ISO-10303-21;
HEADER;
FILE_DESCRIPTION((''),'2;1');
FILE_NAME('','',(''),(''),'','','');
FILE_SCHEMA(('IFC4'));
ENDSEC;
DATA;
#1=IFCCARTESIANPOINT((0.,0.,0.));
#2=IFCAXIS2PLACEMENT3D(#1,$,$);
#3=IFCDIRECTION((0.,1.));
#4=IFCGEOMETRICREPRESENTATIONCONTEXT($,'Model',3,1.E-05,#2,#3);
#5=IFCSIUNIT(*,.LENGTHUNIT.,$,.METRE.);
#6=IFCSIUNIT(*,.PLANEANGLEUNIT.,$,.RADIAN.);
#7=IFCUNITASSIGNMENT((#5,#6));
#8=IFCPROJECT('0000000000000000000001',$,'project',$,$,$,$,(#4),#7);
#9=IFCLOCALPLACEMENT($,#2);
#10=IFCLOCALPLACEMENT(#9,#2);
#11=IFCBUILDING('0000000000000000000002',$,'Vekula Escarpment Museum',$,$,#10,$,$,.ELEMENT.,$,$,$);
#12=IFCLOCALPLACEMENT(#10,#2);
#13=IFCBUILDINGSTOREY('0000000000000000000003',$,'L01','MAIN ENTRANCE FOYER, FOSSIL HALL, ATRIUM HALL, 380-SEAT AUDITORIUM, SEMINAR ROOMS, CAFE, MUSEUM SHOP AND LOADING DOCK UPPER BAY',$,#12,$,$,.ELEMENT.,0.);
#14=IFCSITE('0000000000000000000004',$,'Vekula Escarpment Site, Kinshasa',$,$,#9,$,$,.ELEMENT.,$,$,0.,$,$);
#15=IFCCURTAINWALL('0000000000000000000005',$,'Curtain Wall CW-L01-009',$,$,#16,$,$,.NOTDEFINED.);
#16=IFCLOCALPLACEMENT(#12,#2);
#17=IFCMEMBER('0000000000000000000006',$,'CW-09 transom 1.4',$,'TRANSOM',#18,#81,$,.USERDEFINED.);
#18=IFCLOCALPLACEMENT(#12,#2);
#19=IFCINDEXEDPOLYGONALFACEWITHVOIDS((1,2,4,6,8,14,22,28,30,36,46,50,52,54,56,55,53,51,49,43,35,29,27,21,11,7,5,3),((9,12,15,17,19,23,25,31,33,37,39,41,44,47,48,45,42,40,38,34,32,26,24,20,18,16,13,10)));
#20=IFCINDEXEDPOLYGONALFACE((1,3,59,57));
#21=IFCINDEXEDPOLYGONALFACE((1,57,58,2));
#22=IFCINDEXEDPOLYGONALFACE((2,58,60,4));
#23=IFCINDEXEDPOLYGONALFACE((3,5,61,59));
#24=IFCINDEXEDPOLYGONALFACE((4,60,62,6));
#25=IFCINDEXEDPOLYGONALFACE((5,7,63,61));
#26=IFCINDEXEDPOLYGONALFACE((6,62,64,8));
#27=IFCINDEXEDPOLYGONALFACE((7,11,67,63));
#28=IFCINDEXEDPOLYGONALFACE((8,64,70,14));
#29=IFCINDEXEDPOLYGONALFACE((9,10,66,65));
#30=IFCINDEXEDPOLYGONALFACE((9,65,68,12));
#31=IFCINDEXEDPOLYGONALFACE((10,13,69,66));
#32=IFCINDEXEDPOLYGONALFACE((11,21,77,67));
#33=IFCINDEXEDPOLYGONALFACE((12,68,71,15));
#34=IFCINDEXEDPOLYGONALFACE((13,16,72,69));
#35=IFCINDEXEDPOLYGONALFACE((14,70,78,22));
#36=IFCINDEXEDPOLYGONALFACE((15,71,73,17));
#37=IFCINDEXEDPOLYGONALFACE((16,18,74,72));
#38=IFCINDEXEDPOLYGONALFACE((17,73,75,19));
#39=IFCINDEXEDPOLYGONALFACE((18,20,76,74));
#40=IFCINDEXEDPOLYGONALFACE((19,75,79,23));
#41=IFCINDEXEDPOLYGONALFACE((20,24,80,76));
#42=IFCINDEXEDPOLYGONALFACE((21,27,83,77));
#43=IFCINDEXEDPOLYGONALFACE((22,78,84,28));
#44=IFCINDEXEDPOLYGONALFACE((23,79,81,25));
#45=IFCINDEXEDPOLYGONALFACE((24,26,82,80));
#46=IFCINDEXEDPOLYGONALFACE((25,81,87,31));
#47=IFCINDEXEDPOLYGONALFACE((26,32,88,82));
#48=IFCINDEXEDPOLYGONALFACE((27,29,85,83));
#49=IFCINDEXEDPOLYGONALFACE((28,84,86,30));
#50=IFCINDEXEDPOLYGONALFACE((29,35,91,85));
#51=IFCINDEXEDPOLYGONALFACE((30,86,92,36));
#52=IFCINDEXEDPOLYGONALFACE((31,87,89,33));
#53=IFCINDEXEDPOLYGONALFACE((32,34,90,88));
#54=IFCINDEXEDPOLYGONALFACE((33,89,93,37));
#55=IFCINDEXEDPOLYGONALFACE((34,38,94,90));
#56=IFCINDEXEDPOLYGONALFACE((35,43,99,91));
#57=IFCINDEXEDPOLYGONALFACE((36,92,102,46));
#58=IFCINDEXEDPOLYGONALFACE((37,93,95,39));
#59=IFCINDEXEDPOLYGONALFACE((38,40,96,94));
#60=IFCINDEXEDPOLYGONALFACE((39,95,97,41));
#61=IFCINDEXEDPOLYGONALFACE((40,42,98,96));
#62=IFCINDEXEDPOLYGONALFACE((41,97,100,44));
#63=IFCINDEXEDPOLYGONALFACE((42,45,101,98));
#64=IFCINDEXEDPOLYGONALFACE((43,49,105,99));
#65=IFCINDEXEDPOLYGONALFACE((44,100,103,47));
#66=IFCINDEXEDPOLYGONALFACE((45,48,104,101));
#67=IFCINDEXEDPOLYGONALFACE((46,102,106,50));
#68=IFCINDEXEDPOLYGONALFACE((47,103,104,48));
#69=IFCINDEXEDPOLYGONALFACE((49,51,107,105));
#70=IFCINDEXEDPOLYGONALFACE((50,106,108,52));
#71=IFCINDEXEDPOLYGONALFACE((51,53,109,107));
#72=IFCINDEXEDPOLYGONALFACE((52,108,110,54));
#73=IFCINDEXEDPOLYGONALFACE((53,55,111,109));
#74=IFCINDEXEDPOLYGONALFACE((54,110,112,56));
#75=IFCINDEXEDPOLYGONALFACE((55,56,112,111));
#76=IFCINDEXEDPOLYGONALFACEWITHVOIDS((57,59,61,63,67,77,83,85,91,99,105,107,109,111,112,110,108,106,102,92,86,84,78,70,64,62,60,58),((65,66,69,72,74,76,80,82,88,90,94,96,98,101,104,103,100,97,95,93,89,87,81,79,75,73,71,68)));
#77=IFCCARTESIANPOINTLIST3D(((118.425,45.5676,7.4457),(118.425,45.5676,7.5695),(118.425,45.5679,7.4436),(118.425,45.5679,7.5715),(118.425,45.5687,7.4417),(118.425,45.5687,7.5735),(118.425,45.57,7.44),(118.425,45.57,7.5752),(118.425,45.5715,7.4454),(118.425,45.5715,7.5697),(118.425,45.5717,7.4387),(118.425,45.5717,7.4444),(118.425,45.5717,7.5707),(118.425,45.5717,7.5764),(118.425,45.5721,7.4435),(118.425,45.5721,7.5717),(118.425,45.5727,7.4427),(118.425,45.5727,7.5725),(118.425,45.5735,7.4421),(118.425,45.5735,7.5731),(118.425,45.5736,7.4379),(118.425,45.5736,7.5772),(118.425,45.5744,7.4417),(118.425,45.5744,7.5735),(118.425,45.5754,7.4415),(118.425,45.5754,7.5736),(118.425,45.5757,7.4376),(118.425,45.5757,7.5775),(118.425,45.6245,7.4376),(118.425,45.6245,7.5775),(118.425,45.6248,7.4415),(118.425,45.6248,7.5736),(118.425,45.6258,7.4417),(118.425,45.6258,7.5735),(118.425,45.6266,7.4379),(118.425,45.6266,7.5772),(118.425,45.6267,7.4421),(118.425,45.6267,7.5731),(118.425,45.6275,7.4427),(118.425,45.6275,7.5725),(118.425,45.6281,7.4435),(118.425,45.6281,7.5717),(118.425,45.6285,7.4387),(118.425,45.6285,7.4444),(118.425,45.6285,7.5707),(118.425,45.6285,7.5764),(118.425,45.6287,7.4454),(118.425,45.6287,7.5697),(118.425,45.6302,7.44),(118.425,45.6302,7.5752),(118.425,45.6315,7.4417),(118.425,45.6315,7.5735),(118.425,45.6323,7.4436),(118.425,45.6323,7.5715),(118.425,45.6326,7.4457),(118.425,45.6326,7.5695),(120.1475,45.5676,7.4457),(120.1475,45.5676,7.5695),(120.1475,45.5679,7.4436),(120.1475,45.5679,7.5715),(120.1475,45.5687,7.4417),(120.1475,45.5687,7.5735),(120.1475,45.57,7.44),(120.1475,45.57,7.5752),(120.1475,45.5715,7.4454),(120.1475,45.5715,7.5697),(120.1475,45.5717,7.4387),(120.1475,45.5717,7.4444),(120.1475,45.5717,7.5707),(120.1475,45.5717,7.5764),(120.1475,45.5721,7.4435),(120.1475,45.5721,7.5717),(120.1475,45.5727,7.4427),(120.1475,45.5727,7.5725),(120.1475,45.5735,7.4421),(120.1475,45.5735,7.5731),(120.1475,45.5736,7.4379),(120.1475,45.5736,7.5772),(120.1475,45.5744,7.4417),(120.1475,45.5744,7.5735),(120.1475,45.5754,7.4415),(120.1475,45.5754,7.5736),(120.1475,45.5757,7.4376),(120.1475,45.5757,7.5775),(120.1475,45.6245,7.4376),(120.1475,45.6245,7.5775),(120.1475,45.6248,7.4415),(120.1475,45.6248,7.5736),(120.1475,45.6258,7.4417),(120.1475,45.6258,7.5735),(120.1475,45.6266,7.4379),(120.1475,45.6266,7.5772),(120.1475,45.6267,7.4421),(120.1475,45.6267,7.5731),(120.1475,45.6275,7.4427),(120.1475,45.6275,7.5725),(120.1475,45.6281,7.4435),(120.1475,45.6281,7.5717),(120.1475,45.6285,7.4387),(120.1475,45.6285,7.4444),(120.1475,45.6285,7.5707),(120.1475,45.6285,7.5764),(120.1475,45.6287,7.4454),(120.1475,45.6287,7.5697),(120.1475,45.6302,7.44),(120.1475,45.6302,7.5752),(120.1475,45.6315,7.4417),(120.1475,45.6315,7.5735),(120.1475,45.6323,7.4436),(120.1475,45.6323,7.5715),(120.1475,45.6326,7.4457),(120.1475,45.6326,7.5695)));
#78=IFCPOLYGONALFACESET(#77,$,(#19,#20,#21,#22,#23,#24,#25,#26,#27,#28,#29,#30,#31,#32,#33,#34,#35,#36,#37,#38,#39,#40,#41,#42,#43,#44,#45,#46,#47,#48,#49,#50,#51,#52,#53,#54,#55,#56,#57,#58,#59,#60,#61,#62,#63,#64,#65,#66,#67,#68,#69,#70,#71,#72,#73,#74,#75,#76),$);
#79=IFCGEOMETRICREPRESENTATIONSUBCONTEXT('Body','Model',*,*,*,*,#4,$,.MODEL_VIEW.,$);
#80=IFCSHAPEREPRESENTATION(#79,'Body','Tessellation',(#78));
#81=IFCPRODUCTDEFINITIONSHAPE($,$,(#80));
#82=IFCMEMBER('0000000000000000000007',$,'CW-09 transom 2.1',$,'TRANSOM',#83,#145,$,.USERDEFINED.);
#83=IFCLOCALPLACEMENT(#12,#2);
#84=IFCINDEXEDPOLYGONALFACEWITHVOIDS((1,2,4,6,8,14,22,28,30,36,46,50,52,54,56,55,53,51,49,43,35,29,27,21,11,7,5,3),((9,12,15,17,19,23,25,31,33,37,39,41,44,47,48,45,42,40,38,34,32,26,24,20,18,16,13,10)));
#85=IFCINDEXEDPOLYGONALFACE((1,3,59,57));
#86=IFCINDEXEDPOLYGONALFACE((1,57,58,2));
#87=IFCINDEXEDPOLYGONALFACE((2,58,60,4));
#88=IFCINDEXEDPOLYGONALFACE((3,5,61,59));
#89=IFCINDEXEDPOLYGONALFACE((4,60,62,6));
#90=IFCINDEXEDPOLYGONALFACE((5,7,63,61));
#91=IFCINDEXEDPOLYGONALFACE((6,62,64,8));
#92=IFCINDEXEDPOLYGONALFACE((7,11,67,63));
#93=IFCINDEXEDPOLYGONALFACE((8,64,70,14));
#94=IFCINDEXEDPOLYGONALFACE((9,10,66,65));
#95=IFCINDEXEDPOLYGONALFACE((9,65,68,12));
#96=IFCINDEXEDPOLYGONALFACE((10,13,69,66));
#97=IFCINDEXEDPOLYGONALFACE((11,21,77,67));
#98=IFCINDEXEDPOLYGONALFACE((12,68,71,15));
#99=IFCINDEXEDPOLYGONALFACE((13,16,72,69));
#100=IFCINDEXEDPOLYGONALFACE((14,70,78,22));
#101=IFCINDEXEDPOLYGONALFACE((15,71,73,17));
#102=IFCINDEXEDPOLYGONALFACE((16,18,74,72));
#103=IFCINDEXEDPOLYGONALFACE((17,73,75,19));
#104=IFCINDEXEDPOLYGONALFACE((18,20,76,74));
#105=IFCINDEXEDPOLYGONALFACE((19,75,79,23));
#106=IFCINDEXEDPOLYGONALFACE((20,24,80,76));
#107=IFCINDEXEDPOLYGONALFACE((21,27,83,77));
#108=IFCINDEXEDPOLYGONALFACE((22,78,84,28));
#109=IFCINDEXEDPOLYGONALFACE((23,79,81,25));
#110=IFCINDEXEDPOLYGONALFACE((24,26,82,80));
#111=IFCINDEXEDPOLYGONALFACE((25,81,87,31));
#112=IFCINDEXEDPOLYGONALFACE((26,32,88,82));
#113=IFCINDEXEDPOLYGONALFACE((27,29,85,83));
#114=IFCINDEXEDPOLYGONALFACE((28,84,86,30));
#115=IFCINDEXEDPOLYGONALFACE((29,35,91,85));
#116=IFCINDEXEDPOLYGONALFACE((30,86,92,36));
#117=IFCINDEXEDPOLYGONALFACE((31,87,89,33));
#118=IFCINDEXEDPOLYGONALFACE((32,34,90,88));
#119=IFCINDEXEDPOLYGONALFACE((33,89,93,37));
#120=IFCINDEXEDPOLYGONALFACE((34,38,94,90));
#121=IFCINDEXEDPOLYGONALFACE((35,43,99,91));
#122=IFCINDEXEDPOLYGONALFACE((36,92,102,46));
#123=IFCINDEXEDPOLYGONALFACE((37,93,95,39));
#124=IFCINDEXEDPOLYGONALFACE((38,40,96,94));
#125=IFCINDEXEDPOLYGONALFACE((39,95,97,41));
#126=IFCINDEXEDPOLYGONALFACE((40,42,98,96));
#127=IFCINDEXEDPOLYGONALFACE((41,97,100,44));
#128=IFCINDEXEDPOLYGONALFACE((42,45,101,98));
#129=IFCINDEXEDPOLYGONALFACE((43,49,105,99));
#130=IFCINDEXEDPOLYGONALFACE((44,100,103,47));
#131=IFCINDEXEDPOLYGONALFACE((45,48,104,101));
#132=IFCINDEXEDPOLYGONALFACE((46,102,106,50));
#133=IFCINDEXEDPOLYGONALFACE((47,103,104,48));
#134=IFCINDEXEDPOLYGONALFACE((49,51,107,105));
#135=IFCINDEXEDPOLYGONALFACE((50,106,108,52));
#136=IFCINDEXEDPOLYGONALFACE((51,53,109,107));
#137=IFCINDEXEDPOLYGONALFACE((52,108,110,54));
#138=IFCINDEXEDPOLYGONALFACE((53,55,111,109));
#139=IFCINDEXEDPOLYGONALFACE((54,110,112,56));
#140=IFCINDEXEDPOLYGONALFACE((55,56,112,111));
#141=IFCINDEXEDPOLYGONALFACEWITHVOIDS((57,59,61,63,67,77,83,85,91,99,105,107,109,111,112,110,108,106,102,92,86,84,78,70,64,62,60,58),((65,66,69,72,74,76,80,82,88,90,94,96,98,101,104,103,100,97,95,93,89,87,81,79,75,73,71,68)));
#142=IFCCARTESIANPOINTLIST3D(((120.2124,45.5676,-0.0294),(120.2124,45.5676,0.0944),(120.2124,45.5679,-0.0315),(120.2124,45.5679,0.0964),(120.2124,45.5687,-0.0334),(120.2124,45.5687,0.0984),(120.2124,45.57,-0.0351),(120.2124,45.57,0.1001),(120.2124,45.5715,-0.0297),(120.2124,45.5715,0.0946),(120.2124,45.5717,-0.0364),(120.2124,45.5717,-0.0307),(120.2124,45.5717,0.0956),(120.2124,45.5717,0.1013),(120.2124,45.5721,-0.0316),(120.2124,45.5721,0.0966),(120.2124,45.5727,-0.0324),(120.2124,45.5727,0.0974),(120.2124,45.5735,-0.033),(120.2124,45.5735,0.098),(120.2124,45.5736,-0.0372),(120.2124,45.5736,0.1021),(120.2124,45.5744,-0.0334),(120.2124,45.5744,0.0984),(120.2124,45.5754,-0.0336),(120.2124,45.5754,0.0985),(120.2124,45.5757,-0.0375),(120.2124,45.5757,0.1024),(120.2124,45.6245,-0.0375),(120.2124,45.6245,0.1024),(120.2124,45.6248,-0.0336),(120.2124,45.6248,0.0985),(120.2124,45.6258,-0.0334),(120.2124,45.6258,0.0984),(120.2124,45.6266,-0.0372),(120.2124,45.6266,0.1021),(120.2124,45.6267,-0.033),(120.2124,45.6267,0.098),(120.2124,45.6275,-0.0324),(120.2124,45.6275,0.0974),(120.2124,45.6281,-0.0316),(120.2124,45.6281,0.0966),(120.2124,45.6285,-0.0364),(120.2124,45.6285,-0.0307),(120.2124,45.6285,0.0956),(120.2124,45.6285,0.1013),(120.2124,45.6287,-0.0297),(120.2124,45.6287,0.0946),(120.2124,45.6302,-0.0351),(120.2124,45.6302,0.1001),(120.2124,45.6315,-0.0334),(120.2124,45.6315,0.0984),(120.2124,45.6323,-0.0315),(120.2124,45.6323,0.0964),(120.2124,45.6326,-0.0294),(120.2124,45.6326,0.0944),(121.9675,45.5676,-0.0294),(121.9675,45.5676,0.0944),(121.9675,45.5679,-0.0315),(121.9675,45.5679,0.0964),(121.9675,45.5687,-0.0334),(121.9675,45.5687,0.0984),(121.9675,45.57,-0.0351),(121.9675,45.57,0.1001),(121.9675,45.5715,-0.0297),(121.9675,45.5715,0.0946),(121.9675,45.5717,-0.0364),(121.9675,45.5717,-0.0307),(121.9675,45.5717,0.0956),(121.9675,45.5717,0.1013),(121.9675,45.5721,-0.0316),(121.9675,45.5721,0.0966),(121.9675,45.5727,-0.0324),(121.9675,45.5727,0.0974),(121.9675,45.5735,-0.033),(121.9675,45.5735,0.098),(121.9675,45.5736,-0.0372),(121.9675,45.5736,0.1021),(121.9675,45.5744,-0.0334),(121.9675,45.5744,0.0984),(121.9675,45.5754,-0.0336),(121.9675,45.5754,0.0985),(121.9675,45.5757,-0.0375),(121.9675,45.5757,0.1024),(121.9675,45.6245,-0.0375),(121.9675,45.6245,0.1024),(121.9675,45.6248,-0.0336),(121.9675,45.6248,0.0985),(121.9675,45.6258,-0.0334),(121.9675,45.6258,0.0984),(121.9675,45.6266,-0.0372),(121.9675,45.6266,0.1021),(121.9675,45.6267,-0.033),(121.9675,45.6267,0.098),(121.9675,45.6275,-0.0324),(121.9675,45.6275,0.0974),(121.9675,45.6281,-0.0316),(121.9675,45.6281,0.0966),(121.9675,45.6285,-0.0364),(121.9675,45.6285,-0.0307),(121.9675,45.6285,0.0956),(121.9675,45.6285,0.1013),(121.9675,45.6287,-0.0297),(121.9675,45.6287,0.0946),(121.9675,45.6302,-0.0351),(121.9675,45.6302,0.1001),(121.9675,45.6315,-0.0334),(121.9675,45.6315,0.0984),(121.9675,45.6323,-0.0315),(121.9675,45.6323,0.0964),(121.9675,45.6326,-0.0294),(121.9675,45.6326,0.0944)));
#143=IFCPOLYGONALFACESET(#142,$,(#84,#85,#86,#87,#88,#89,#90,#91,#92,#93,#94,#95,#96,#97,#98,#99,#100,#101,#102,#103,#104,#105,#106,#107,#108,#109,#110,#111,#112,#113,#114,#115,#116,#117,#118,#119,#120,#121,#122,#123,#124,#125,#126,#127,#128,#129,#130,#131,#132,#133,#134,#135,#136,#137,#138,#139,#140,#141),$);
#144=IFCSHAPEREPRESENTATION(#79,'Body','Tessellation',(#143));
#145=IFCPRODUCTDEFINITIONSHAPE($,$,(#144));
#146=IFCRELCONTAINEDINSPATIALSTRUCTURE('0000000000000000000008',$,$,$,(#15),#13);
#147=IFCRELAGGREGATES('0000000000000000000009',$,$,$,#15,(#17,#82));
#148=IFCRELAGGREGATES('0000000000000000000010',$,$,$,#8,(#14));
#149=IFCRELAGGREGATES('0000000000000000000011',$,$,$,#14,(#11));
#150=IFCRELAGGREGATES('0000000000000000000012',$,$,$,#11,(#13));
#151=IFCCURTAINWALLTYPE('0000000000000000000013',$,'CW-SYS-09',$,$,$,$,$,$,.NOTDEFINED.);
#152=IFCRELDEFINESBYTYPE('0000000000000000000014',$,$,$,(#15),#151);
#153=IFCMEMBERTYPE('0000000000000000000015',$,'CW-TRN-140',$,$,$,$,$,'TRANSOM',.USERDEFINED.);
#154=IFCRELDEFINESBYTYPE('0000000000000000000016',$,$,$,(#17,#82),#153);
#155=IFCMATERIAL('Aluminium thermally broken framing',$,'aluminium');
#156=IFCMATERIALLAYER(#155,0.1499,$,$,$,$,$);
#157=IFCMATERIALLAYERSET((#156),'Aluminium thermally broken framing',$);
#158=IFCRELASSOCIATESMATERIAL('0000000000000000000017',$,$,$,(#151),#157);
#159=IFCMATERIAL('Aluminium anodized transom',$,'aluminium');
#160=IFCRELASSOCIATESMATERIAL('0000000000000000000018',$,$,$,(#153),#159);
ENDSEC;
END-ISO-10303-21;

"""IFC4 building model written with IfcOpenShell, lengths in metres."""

from ifc_helpers import new_model, si_unit, direction, frame, origin, origin_2d, place, context, subcontext, project, spatial, hollow_rectangle, extrude, material, layer, layer_set, material_profile, profile_set, type_object, element, aggregate, save


model = new_model("IFC4")

# Units and contexts
model_context = context("Model", 3, precision=1e-05, world=origin(), true_north=direction((0.0, 1.0)))
body_context = subcontext(model_context, "Body", "Model", "MODEL_VIEW")
ifc_project = project(units=[si_unit("LENGTHUNIT", "METRE"), si_unit("PLANEANGLEUNIT", "RADIAN")], contexts=[model_context])

# Site, building, storey
site_placement = place(None, origin())
site = spatial("IfcSite", under=ifc_project, at=site_placement, Name="Vekula Escarpment Site, Kinshasa", CompositionType="ELEMENT", RefElevation=0.0)
building_placement = place(site_placement, origin())
building = spatial("IfcBuilding", under=site, at=building_placement, Name="Vekula Escarpment Museum", CompositionType="ELEMENT")
storey_placement = place(building_placement, origin())
storey = spatial("IfcBuildingStorey", under=building, at=storey_placement, Name="L01", Description="MAIN ENTRANCE FOYER, FOSSIL HALL, ATRIUM HALL, 380-SEAT AUDITORIUM, SEMINAR ROOMS, CAFE, MUSEUM SHOP AND LOADING DOCK UPPER BAY", CompositionType="ELEMENT", Elevation=0.0)

# Curtain wall, members
ifc_material_1 = material(Name="Aluminium thermally broken framing", Category="aluminium")
ifc_layer_1 = layer(ifc_material_1, 0.1499)
ifc_layer_set_1 = layer_set([ifc_layer_1], Name="Aluminium thermally broken framing")
curtain_wall_type = type_object("IfcCurtainWallType", Name="CW-SYS-09", PredefinedType="NOTDEFINED", material=ifc_layer_set_1)
curtain_wall_placement = place(storey_placement, origin())
curtain_wall = element("IfcCurtainWall", 1, at=curtain_wall_placement, inside=storey, type_object=curtain_wall_type, Name="Curtain Wall CW-L01-009", PredefinedType="NOTDEFINED")
ifc_material_2 = material(Name="Aluminium anodized transom", Category="aluminium")
ifc_material_profile_1 = material_profile(ifc_material_2, hollow_rectangle(XDim=0.0649, YDim=0.1399, WallThickness=0.0039, InnerFilletRadius=0.0039, OuterFilletRadius=0.0081, at=origin_2d()), Name="ALU 140x65x4")
ifc_profile_set_1 = profile_set([ifc_material_profile_1], Name="Aluminium anodized transom")
member_type_1 = type_object("IfcMemberType", Name="CW-TRN-140", ElementType="TRANSOM", PredefinedType="USERDEFINED", material=ifc_profile_set_1)
member_1_placement = place(storey_placement, frame((118.425, 45.6001, 7.5076), z_axis=(1.0, 0.0, 0.0), x_axis=(0.0, 1.0, 0.0)))
member_1 = element("IfcMember", 2, at=member_1_placement, type_object=member_type_1, Name="CW-09 transom 1.4", ObjectType="TRANSOM", PredefinedType="USERDEFINED", context=body_context, shape_type="SweptSolid", body=[
    extrude(hollow_rectangle(XDim=0.0649, YDim=0.1399, WallThickness=0.0039, InnerFilletRadius=0.0039, OuterFilletRadius=0.0081, at=origin_2d()), origin(), (0.0, 0.0, 1.0), 1.7224),
])
member_2_placement = place(storey_placement, frame((120.2124, 45.6001, 0.0325), z_axis=(1.0, 0.0, 0.0), x_axis=(0.0, 1.0, 0.0)))
member_2 = element("IfcMember", 3, at=member_2_placement, type_object=member_type_1, Name="CW-09 transom 2.1", ObjectType="TRANSOM", PredefinedType="USERDEFINED", context=body_context, shape_type="SweptSolid", body=[
    extrude(hollow_rectangle(XDim=0.0649, YDim=0.1399, WallThickness=0.0039, InnerFilletRadius=0.0039, OuterFilletRadius=0.0081, at=origin_2d()), origin(), (0.0, 0.0, 1.0), 1.7551),
])

aggregate(curtain_wall, [member_1, member_2])

save(model, "model.ifc")
